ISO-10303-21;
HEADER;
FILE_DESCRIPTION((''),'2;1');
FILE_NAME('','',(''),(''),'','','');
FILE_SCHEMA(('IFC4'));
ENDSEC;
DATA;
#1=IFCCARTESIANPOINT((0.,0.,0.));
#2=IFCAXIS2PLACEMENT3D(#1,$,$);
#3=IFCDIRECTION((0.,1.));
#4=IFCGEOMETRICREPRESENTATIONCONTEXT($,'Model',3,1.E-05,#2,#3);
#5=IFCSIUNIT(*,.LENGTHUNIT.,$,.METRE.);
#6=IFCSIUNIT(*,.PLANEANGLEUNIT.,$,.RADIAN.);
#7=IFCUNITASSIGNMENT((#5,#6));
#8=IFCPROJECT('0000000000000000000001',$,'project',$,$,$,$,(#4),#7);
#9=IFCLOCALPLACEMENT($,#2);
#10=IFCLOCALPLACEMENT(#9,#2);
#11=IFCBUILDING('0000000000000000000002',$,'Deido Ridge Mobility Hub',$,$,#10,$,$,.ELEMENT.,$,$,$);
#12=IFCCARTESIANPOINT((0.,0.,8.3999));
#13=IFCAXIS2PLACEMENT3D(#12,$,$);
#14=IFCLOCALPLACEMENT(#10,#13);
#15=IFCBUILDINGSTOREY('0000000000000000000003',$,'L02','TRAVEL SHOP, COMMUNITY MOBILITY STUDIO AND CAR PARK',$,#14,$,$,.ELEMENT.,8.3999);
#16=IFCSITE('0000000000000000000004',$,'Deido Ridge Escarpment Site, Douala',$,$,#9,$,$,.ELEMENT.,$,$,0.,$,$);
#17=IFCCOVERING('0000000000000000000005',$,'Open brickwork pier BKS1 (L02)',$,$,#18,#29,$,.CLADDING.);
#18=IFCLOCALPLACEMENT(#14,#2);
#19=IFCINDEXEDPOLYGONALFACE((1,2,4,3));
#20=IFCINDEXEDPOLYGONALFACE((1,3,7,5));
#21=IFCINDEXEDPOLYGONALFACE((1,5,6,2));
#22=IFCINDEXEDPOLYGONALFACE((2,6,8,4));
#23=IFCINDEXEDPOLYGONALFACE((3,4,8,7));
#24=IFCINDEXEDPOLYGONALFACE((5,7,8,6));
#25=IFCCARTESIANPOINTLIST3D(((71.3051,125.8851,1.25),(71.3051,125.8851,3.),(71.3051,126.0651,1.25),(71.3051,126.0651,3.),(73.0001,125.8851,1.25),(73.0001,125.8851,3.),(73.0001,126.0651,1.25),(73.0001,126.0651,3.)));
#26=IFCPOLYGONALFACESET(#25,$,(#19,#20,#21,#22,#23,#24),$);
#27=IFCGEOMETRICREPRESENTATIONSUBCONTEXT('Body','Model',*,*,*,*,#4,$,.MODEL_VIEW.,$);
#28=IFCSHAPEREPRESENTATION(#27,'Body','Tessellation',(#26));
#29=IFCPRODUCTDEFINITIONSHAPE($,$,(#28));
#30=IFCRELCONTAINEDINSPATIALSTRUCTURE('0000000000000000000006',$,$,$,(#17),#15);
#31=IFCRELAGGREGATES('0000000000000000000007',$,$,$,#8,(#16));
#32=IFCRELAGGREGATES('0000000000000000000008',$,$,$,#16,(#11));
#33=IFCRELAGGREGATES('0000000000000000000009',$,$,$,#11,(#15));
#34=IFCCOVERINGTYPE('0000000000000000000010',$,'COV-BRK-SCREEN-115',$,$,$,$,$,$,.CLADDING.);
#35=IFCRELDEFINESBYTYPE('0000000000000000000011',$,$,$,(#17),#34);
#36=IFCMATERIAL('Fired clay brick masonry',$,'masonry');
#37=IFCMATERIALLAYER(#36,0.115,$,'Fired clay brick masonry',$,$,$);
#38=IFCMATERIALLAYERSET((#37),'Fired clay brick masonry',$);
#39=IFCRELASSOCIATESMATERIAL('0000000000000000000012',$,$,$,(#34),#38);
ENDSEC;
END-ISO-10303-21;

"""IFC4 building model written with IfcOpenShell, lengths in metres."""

from ifc_helpers import new_model, si_unit, direction, frame, origin, origin_2d, place, context, subcontext, project, spatial, rectangle, extrude, material, layer, layer_set, type_object, element, save


model = new_model("IFC4")

# Units and contexts
model_context = context("Model", 3, precision=1e-05, world=origin(), true_north=direction((0.0, 1.0)))
body_context = subcontext(model_context, "Body", "Model", "MODEL_VIEW")
ifc_project = project(units=[si_unit("LENGTHUNIT", "METRE"), si_unit("PLANEANGLEUNIT", "RADIAN")], contexts=[model_context])

# Site, building, storey
site_placement = place(None, origin())
site = spatial("IfcSite", under=ifc_project, at=site_placement, Name="Deido Ridge Escarpment Site, Douala", CompositionType="ELEMENT", RefElevation=0.0)
building_placement = place(site_placement, origin())
building = spatial("IfcBuilding", under=site, at=building_placement, Name="Deido Ridge Mobility Hub", CompositionType="ELEMENT")
storey_placement = place(building_placement, frame((0.0, 0.0, 8.3999)))
storey = spatial("IfcBuildingStorey", under=building, at=storey_placement, Name="L02", Description="TRAVEL SHOP, COMMUNITY MOBILITY STUDIO AND CAR PARK", CompositionType="ELEMENT", Elevation=8.3999)

# Covering
ifc_material_1 = material(Name="Fired clay brick masonry", Category="masonry")
ifc_layer = layer(ifc_material_1, 0.115, Name="Fired clay brick masonry")
ifc_layer_set = layer_set([ifc_layer], Name="Fired clay brick masonry")
covering_type = type_object("IfcCoveringType", Name="COV-BRK-SCREEN-115", PredefinedType="CLADDING", material=ifc_layer_set)
covering_1_placement = place(storey_placement, frame((72.1526, 125.9751, 1.25), z_axis=(0.0, 0.0, 1.0), x_axis=(-1.0, 0.0, 0.0)))
element("IfcCovering", 1, at=covering_1_placement, inside=storey, type_object=covering_type, Name="Open brickwork pier BKS1 (L02)", PredefinedType="CLADDING", context=body_context, shape_type="SweptSolid", body=[
    extrude(rectangle(XDim=1.6951, YDim=0.1799, at=origin_2d()), origin(), (0.0, 0.0, 1.0), 1.75),
])

save(model, "model.ifc")
